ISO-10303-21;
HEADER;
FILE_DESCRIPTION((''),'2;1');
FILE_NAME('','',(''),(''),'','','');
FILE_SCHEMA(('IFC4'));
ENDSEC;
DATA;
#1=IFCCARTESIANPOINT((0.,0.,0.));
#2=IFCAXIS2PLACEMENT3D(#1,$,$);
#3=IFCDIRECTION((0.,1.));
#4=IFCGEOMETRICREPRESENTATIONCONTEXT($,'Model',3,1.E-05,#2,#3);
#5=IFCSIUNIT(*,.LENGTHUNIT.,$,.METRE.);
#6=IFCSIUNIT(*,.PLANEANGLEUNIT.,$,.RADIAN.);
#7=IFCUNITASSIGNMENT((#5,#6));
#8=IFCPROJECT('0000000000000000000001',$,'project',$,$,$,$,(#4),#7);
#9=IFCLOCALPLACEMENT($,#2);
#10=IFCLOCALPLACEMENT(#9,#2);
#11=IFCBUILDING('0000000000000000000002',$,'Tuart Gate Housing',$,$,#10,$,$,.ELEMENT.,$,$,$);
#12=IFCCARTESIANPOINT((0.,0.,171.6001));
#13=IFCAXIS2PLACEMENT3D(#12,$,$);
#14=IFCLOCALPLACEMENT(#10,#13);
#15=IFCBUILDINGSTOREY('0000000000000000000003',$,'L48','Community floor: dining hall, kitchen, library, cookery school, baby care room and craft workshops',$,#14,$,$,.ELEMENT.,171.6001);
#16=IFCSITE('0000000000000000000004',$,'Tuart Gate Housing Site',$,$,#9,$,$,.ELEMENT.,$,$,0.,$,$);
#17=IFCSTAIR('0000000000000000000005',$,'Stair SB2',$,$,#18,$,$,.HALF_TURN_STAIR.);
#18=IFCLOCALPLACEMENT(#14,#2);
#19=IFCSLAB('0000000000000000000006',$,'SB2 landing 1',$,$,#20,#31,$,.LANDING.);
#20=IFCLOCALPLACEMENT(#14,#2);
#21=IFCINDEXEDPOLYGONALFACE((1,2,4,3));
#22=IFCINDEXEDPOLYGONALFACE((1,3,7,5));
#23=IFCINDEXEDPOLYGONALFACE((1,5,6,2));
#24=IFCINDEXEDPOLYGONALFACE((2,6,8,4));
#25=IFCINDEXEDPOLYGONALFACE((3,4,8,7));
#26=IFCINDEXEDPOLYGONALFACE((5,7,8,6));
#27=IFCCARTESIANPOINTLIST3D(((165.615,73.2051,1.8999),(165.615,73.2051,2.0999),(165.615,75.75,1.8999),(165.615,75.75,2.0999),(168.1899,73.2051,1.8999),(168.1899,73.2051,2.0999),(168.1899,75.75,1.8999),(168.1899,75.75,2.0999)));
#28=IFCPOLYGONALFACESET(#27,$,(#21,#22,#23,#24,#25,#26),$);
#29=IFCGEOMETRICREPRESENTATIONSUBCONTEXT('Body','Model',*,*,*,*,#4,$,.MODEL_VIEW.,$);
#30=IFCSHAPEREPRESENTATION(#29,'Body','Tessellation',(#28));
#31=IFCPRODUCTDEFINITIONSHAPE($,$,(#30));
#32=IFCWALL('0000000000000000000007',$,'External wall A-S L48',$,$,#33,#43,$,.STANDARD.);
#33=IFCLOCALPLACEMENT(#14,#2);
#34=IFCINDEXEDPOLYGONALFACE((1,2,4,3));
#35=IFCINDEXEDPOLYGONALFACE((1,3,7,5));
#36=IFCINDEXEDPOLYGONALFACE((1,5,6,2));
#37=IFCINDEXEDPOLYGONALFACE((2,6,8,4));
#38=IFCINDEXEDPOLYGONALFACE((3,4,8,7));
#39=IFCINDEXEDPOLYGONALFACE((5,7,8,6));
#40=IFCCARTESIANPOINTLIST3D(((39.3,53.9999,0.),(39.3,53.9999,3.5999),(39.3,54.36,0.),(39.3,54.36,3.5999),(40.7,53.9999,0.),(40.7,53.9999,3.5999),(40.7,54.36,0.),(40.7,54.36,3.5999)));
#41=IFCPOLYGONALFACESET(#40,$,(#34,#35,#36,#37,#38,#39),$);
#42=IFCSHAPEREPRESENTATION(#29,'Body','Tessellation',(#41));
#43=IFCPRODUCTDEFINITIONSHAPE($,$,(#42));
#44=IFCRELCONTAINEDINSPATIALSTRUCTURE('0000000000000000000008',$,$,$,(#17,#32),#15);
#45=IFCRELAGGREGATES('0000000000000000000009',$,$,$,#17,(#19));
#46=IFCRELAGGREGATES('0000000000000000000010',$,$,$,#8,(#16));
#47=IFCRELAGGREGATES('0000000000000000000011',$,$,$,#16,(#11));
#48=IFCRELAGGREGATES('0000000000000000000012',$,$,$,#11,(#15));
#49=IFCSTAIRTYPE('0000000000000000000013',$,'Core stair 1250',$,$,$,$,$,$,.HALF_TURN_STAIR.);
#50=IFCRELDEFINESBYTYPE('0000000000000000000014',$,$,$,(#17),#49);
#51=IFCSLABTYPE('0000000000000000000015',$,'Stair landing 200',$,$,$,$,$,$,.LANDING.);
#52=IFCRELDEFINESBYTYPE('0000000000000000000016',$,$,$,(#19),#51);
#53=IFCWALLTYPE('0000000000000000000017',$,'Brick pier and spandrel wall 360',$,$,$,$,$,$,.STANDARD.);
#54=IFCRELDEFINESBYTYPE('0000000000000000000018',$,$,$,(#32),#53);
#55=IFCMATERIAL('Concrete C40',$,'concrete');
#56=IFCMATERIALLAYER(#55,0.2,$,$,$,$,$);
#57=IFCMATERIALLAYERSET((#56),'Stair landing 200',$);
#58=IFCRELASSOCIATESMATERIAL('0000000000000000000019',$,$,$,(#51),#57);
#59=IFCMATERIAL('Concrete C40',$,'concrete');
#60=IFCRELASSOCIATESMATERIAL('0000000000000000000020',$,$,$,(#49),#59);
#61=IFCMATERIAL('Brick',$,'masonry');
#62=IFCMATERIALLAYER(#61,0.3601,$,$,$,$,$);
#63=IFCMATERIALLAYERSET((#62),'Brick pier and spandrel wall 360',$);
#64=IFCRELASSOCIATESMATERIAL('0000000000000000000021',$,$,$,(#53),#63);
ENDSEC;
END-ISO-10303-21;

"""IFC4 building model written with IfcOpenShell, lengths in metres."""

from ifc_helpers import new_model, si_unit, direction, frame, frame_2d, origin, place, context, subcontext, project, spatial, polyline, rectangle, outline, extrude, material, layer, layer_set, type_object, element, aggregate, save


model = new_model("IFC4")

# Units and contexts
model_context = context("Model", 3, precision=1e-05, world=origin(), true_north=direction((0.0, 1.0)))
body_context = subcontext(model_context, "Body", "Model", "MODEL_VIEW")
ifc_project = project(units=[si_unit("LENGTHUNIT", "METRE"), si_unit("PLANEANGLEUNIT", "RADIAN")], contexts=[model_context])

# Site, building, storey
site_placement = place(None, origin())
site = spatial("IfcSite", under=ifc_project, at=site_placement, Name="Tuart Gate Housing Site", CompositionType="ELEMENT", RefElevation=0.0)
building_placement = place(site_placement, origin())
building = spatial("IfcBuilding", under=site, at=building_placement, Name="Tuart Gate Housing", CompositionType="ELEMENT")
storey_placement = place(building_placement, frame((0.0, 0.0, 171.6001)))
storey = spatial("IfcBuildingStorey", under=building, at=storey_placement, Name="L48", Description="Community floor: dining hall, kitchen, library, cookery school, baby care room and craft workshops", CompositionType="ELEMENT", Elevation=171.6001)

# Stair, slab
ifc_material_1 = material(Name="Concrete C40", Category="concrete")
ifc_layer_1 = layer(ifc_material_1, 0.2)
ifc_layer_set_1 = layer_set([ifc_layer_1], Name="Stair landing 200")
slab_type_1 = type_object("IfcSlabType", Name="Stair landing 200", PredefinedType="LANDING", material=ifc_layer_set_1)
ifc_material_2 = material(Name="Concrete C40", Category="concrete")
stair_type_1 = type_object("IfcStairType", Name="Core stair 1250", PredefinedType="HALF_TURN_STAIR", material=ifc_material_2)
stair_1_placement = place(storey_placement, origin())
stair_1 = element("IfcStair", 1, at=stair_1_placement, inside=storey, type_object=stair_type_1, Name="Stair SB2", PredefinedType="HALF_TURN_STAIR")
slab_1_placement = place(storey_placement, frame((0.0, 0.0, 1.8999)))
slab_1 = element("IfcSlab", 2, at=slab_1_placement, type_object=slab_type_1, Name="SB2 landing 1", PredefinedType="LANDING", context=body_context, shape_type="SweptSolid", body=[
    extrude(outline(polyline([(165.615, 73.2051), (168.1899, 73.2051), (168.1899, 75.75), (165.615, 75.75), (165.615, 73.2051)])), origin(), (0.0, 0.0, 1.0), 0.2),
])
aggregate(stair_1, [slab_1])

# Wall
ifc_material_3 = material(Name="Brick", Category="masonry")
ifc_layer_2 = layer(ifc_material_3, 0.3601)
ifc_layer_set_2 = layer_set([ifc_layer_2], Name="Brick pier and spandrel wall 360")
wall_type = type_object("IfcWallType", Name="Brick pier and spandrel wall 360", PredefinedType="STANDARD", material=ifc_layer_set_2)
wall_placement = place(storey_placement, frame((39.3, 54.1799, 0.0), z_axis=(0.0, 0.0, 1.0), x_axis=(1.0, 0.0, 0.0)))
element("IfcWall", 3, at=wall_placement, inside=storey, type_object=wall_type, Name="External wall A-S L48", PredefinedType="STANDARD", context=body_context, shape_type="SweptSolid", body=[
    extrude(rectangle(XDim=1.3999, YDim=0.3601, at=frame_2d((0.7, 0.0))), origin(), (0.0, 0.0, 1.0), 3.5999),
])

save(model, "model.ifc")
